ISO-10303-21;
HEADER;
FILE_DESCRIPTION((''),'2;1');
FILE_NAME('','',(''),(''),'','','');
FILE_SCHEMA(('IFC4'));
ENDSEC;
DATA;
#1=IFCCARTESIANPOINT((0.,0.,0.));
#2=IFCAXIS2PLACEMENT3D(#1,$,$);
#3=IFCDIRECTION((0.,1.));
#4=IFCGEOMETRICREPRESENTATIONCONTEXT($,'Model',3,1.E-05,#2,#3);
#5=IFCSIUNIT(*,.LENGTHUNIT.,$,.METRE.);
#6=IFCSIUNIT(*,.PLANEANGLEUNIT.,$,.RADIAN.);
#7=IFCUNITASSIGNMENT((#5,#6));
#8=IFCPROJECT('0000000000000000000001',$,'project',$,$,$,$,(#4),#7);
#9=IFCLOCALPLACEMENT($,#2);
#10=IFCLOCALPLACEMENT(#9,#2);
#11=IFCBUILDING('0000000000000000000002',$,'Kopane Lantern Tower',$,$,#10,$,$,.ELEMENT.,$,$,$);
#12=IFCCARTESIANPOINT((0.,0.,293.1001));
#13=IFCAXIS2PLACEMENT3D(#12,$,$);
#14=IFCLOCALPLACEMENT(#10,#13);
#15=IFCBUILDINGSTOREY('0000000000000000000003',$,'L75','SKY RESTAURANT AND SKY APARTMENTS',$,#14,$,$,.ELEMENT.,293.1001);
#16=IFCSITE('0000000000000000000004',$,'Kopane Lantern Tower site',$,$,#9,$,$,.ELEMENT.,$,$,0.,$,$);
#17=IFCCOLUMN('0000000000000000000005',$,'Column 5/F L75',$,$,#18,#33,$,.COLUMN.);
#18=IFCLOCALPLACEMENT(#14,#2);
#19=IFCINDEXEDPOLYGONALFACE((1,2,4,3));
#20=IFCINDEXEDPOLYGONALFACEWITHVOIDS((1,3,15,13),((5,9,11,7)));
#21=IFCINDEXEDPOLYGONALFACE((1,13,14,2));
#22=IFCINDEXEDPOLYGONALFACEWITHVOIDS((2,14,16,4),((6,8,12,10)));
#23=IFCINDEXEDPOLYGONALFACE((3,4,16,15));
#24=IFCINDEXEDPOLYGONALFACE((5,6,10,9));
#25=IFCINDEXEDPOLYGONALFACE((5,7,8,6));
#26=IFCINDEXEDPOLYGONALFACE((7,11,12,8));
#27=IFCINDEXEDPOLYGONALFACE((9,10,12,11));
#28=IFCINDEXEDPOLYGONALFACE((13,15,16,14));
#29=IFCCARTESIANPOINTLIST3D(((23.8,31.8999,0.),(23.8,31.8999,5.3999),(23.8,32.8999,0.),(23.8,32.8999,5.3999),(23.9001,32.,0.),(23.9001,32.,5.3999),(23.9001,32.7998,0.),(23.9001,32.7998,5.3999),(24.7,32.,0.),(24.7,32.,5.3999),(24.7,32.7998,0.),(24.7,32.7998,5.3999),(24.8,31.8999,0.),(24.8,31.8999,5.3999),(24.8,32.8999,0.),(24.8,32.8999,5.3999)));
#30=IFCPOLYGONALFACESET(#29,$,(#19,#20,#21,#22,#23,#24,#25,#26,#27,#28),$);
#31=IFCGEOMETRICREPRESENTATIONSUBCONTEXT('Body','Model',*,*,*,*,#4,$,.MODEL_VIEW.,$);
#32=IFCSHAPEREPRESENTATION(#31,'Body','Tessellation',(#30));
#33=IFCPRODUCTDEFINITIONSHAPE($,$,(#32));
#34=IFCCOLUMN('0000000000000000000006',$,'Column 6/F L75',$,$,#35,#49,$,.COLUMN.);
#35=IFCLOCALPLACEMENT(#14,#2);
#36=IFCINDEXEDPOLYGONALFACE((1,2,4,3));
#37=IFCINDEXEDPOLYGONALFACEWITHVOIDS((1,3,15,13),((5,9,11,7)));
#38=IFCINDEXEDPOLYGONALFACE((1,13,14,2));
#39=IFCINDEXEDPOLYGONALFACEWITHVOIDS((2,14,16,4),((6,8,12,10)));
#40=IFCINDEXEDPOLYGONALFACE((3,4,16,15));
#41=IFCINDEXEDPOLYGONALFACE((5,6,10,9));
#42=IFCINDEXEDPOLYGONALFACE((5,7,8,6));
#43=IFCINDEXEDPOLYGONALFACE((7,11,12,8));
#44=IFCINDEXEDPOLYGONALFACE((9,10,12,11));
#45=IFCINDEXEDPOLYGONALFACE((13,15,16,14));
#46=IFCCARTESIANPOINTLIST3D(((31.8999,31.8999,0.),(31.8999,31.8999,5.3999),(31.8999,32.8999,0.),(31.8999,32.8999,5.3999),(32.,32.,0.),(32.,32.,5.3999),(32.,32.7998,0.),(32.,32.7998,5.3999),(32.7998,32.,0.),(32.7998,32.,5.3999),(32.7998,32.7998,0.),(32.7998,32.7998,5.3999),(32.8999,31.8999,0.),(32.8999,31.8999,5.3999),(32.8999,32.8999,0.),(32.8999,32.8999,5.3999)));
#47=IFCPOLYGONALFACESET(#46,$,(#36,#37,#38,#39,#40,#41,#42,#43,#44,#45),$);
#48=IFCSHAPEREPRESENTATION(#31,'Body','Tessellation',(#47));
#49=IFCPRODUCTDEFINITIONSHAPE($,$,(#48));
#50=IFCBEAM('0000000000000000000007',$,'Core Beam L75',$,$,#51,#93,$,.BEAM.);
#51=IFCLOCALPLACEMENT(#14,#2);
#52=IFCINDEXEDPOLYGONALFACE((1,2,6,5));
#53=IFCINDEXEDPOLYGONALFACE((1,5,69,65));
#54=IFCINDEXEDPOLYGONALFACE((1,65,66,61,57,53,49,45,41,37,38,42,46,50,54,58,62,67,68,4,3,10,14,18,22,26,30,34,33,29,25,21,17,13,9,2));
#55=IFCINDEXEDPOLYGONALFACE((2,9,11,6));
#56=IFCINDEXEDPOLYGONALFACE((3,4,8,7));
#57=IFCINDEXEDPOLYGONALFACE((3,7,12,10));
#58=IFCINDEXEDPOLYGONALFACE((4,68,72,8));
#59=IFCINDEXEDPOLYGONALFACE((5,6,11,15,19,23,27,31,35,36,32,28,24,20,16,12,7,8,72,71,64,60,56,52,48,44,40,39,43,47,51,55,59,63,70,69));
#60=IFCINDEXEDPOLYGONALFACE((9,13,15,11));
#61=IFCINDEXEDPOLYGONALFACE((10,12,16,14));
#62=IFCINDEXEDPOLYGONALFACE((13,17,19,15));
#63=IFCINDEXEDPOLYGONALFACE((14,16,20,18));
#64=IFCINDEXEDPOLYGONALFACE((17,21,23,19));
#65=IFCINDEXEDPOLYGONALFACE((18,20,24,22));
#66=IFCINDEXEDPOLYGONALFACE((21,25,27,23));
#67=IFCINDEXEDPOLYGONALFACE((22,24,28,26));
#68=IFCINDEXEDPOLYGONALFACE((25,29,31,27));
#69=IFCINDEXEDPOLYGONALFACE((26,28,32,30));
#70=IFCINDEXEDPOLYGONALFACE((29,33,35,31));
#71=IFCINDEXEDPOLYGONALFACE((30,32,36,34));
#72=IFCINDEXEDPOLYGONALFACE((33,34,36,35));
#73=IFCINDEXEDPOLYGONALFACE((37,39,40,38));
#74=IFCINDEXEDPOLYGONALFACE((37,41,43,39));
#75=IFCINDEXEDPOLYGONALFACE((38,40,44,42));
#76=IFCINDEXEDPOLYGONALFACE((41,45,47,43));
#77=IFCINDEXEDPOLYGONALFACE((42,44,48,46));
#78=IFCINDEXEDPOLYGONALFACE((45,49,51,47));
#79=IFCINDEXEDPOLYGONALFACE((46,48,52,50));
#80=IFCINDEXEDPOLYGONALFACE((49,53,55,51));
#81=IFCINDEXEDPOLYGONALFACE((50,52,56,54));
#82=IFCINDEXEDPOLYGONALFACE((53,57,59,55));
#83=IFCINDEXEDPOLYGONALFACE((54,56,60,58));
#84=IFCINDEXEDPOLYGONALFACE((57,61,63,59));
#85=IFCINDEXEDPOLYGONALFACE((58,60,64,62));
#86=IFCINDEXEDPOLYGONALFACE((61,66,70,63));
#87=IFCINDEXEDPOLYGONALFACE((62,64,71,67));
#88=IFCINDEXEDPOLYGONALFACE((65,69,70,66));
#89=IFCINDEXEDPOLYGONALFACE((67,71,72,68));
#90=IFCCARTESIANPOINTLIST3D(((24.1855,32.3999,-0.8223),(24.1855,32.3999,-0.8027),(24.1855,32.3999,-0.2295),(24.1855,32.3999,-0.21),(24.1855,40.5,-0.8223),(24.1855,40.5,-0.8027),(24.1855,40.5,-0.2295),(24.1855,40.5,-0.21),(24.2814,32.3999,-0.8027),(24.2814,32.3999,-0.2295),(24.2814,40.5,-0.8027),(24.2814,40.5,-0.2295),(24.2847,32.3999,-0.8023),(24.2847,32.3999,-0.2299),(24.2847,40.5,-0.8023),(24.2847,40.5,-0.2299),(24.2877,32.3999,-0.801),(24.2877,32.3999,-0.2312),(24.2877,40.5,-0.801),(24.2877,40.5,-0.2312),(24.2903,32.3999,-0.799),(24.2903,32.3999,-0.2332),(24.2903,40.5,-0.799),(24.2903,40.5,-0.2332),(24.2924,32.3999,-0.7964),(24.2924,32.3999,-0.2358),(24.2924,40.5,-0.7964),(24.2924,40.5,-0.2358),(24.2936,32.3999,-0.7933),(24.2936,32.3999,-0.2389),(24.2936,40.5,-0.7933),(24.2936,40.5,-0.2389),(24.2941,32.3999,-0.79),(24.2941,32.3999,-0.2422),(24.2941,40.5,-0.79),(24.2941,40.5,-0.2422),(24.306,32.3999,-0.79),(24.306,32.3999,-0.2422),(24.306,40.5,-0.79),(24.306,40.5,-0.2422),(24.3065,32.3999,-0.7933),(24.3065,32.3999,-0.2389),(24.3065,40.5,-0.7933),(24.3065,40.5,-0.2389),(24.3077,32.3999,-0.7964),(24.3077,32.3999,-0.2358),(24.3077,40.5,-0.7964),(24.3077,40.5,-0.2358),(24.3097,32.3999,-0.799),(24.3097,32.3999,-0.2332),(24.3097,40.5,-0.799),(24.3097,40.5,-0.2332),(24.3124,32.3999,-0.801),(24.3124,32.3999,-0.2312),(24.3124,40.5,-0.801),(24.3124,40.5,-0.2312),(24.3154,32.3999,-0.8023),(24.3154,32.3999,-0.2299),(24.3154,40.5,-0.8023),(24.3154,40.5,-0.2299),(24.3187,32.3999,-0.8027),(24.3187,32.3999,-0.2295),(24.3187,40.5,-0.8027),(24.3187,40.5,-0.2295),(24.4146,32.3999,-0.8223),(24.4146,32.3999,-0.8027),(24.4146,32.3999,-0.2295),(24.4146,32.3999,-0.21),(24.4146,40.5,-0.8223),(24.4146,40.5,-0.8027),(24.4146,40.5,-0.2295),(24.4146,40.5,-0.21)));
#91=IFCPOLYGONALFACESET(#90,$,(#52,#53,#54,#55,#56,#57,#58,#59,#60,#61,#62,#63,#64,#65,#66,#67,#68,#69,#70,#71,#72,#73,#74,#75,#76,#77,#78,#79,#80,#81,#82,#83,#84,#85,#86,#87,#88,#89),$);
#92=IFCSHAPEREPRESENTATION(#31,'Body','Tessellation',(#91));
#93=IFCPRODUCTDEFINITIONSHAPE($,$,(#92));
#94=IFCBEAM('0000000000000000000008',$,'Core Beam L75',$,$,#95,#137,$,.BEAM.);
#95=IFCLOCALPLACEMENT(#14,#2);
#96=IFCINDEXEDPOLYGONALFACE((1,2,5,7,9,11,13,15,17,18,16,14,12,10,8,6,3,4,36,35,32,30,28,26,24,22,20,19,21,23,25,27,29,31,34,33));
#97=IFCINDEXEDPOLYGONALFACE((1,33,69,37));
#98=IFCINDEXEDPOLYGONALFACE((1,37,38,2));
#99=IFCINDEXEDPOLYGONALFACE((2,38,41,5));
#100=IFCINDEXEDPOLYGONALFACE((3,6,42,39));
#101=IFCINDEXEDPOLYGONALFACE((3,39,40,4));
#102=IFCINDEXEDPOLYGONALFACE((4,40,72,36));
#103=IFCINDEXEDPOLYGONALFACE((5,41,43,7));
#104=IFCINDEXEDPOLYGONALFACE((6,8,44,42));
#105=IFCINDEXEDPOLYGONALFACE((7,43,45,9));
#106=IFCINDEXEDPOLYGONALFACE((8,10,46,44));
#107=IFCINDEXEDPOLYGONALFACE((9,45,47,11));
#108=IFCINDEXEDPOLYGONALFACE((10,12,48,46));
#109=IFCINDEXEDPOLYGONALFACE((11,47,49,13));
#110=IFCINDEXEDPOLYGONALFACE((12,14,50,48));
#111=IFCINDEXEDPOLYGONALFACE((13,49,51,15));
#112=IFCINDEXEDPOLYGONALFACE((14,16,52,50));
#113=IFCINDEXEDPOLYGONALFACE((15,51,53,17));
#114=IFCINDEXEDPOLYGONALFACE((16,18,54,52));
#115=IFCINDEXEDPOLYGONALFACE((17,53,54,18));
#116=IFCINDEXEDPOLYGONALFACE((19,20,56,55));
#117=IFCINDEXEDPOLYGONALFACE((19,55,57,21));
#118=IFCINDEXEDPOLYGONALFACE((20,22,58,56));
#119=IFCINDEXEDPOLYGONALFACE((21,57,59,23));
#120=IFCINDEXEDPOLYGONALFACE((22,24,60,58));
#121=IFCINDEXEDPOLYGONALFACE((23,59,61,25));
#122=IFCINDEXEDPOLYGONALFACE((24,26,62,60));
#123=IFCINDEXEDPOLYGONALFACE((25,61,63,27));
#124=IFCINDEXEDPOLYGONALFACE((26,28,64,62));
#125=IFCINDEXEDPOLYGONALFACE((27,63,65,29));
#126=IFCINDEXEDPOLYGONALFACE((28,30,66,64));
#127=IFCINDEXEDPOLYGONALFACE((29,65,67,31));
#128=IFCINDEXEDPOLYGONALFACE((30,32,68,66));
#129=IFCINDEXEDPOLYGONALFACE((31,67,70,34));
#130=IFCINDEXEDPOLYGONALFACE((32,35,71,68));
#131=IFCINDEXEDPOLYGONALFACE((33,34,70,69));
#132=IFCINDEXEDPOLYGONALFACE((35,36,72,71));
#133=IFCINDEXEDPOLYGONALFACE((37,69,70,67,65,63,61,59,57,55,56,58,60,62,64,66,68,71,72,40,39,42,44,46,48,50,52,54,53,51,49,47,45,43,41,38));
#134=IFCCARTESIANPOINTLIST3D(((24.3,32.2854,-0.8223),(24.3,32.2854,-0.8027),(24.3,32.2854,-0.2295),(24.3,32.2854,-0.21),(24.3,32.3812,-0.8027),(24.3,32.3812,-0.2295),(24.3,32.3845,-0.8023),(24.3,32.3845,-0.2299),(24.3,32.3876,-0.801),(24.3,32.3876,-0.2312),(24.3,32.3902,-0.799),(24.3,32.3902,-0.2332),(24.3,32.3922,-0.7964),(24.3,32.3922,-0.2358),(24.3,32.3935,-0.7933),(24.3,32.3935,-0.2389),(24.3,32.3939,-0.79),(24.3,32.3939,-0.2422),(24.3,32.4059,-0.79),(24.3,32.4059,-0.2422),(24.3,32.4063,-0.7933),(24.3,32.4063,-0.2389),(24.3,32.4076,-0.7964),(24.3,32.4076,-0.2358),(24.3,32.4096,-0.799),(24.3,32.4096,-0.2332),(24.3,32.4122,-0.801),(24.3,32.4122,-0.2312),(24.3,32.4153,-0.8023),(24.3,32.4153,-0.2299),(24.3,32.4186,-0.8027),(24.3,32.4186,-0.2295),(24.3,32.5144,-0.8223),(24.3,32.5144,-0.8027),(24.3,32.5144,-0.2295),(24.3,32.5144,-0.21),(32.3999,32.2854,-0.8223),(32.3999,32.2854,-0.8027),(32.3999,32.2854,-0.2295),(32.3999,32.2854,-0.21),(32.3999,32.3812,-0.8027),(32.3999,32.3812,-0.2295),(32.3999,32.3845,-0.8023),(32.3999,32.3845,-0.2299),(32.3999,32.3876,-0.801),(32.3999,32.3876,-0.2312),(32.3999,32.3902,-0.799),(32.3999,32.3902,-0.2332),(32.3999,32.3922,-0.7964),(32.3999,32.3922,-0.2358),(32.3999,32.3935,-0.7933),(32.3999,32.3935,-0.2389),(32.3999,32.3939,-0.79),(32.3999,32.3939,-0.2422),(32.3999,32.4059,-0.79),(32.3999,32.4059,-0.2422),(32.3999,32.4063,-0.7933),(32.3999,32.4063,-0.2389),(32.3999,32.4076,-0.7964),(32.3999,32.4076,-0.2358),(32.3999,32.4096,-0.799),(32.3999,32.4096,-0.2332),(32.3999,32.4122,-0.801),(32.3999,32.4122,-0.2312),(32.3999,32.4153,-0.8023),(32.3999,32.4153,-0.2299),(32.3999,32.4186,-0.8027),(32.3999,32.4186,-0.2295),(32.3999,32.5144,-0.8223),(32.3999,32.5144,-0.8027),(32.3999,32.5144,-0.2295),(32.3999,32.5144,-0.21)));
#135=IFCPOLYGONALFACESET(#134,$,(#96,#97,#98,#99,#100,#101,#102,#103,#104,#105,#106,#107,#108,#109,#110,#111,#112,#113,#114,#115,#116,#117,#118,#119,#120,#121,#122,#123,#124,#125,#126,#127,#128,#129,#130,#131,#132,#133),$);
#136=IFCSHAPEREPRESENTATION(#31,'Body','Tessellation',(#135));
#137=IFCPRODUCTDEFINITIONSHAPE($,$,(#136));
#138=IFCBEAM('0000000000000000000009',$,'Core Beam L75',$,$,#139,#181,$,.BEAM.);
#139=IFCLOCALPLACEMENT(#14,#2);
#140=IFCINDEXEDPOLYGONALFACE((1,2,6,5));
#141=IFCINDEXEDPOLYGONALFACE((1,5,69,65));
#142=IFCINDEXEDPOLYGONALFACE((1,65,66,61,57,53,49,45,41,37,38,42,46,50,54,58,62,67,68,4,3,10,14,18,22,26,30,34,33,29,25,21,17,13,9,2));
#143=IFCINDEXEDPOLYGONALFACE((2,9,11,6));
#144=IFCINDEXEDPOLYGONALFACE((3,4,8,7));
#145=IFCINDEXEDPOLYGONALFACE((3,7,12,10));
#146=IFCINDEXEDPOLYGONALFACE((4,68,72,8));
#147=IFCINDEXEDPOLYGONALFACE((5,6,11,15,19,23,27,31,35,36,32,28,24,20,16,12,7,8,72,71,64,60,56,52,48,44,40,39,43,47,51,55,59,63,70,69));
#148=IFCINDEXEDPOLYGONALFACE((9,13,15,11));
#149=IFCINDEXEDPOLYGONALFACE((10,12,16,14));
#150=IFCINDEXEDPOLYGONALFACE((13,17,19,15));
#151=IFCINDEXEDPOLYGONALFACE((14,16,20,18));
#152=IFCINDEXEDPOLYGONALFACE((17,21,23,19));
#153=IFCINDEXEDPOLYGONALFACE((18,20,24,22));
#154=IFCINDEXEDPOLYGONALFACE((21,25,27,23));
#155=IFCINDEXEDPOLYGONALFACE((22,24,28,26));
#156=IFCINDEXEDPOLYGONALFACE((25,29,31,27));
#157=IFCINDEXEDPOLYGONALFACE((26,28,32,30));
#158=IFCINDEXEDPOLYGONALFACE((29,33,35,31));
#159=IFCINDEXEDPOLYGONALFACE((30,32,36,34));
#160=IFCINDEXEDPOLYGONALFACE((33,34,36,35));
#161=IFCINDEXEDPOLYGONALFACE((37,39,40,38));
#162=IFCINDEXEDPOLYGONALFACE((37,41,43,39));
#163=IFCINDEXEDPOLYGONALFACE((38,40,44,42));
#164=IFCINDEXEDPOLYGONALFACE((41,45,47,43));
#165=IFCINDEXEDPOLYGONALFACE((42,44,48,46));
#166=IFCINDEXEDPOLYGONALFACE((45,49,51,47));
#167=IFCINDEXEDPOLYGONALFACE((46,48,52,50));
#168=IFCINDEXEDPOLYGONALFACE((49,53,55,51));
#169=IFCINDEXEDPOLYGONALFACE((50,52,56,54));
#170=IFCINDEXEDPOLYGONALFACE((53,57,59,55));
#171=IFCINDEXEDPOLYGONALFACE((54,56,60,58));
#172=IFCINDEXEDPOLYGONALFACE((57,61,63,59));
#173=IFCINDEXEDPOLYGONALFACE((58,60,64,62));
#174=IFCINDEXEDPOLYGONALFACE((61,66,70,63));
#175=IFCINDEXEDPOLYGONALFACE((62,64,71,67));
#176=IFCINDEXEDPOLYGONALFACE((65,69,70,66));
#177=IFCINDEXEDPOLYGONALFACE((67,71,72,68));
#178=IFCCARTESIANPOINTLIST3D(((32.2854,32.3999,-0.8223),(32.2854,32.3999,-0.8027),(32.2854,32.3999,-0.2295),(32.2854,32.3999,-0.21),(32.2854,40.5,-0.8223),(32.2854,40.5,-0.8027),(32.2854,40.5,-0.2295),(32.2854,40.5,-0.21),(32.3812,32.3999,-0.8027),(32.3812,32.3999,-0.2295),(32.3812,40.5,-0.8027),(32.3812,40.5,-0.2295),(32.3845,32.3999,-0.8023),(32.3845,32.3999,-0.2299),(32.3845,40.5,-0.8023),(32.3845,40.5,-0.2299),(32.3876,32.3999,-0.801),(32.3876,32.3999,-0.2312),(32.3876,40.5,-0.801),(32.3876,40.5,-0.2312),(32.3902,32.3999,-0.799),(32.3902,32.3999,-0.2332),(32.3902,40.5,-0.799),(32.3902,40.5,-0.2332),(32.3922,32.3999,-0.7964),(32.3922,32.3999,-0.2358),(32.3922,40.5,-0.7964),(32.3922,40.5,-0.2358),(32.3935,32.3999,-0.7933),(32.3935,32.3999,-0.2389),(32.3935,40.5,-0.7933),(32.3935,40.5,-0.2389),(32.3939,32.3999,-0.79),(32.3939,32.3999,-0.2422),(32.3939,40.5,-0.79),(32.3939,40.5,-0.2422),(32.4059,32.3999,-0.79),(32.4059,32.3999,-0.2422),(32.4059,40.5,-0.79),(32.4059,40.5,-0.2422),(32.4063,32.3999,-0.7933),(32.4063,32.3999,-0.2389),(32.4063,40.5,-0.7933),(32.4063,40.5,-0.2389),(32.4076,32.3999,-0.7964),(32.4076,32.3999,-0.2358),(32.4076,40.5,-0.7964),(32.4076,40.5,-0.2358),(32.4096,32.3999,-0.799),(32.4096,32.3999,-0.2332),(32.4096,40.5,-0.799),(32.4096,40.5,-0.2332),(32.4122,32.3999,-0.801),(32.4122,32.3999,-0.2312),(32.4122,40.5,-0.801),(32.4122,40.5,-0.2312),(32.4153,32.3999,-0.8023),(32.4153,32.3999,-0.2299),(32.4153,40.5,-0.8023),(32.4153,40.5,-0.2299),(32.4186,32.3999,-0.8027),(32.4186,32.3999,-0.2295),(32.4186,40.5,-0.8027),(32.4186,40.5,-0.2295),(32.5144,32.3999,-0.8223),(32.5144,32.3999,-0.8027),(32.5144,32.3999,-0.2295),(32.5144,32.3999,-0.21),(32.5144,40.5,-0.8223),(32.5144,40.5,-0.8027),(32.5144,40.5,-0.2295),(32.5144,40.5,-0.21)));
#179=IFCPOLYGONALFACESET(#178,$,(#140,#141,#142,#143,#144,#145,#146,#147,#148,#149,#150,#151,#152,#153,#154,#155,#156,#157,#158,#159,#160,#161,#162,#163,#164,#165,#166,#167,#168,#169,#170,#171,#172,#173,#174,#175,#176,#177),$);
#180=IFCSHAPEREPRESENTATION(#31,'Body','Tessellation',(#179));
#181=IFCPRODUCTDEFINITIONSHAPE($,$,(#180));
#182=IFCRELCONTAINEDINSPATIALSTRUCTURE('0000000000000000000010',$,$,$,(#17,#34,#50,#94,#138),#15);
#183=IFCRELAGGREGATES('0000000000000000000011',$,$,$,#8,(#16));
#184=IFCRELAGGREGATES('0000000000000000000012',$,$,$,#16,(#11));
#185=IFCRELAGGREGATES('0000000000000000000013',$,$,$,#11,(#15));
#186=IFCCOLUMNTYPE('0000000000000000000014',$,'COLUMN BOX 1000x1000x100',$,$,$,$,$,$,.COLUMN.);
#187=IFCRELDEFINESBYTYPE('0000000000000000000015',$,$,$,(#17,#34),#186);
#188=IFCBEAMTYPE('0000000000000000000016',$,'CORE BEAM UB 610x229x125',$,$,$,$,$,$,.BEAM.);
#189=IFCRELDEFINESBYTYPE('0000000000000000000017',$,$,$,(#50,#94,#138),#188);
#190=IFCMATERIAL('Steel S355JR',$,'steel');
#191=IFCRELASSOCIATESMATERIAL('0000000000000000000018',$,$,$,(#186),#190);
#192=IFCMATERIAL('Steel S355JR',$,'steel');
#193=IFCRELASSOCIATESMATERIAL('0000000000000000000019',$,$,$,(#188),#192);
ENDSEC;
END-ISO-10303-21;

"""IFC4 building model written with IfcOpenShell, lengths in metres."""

from ifc_helpers import new_model, si_unit, direction, frame, origin, origin_2d, place, context, subcontext, project, spatial, hollow_rectangle, i_section, extrude, material, material_profile, profile_set, type_object, element, save


model = new_model("IFC4")

# Units and contexts
model_context = context("Model", 3, precision=1e-05, world=origin(), true_north=direction((0.0, 1.0)))
body_context = subcontext(model_context, "Body", "Model", "MODEL_VIEW")
ifc_project = project(units=[si_unit("LENGTHUNIT", "METRE"), si_unit("PLANEANGLEUNIT", "RADIAN")], contexts=[model_context])

# Site, building, storey
site_placement = place(None, origin())
site = spatial("IfcSite", under=ifc_project, at=site_placement, Name="Kopane Lantern Tower site", CompositionType="ELEMENT", RefElevation=0.0)
building_placement = place(site_placement, origin())
building = spatial("IfcBuilding", under=site, at=building_placement, Name="Kopane Lantern Tower", CompositionType="ELEMENT")
storey_placement = place(building_placement, frame((0.0, 0.0, 293.1001)))
storey = spatial("IfcBuildingStorey", under=building, at=storey_placement, Name="L75", Description="SKY RESTAURANT AND SKY APARTMENTS", CompositionType="ELEMENT", Elevation=293.1001)

# Columns
ifc_material_1 = material(Name="Steel S355JR", Category="steel")
ifc_material_profile_1 = material_profile(ifc_material_1, hollow_rectangle(XDim=1.0, YDim=1.0, WallThickness=0.1001, at=origin_2d()), Name="BOX 1000x1000x100")
ifc_profile_set_1 = profile_set([ifc_material_profile_1], Name="Steel S355JR")
column_type = type_object("IfcColumnType", Name="COLUMN BOX 1000x1000x100", PredefinedType="COLUMN", material=ifc_profile_set_1)
for number, where, z_axis, x_axis, name in (
    (1, (24.3, 32.3999, 0.0), (0.0, 0.0, 1.0), (1.0, 0.0, 0.0), "Column 5/F L75"),
    (2, (32.3999, 32.3999, 0.0), (0.0, 0.0, 1.0), (1.0, 0.0, 0.0), "Column 6/F L75"),
):
    element("IfcColumn", number, at=place(storey_placement, frame(where, z_axis=z_axis, x_axis=x_axis)), inside=storey, type_object=column_type, Name=name, PredefinedType="COLUMN", context=body_context, shape_type="SweptSolid", body=[
        extrude(hollow_rectangle(XDim=1.0, YDim=1.0, WallThickness=0.1001, at=origin_2d()), origin(), (0.0, 0.0, 1.0), 5.3999),
    ])

# Beams
ifc_material_2 = material(Name="Steel S355JR", Category="steel")
ifc_material_profile_2 = material_profile(ifc_material_2, i_section(OverallWidth=0.229, OverallDepth=0.6123, WebThickness=0.012, FlangeThickness=0.0195, FilletRadius=0.0127, at=origin_2d()), Name="UB 610x229x125")
ifc_profile_set_2 = profile_set([ifc_material_profile_2], Name="Steel S355JR")
beam_type = type_object("IfcBeamType", Name="CORE BEAM UB 610x229x125", PredefinedType="BEAM", material=ifc_profile_set_2)
beam_1_placement = place(storey_placement, frame((24.3, 32.3999, -0.5161), z_axis=(0.0, 1.0, 0.0), x_axis=(-1.0, 0.0, 0.0)))
element("IfcBeam", 3, at=beam_1_placement, inside=storey, type_object=beam_type, Name="Core Beam L75", PredefinedType="BEAM", context=body_context, shape_type="SweptSolid", body=[
    extrude(i_section(OverallWidth=0.229, OverallDepth=0.6123, WebThickness=0.012, FlangeThickness=0.0195, FilletRadius=0.0127, at=origin_2d()), origin(), (0.0, 0.0, 1.0), 8.1001),
])
beam_2_placement = place(storey_placement, frame((24.3, 32.3999, -0.5161), z_axis=(1.0, 0.0, 0.0), x_axis=(0.0, 1.0, 0.0)))
element("IfcBeam", 4, at=beam_2_placement, inside=storey, type_object=beam_type, Name="Core Beam L75", PredefinedType="BEAM", context=body_context, shape_type="SweptSolid", body=[
    extrude(i_section(OverallWidth=0.229, OverallDepth=0.6123, WebThickness=0.012, FlangeThickness=0.0195, FilletRadius=0.0127, at=origin_2d()), origin(), (0.0, 0.0, 1.0), 8.0999),
])
for number, where, z_axis, x_axis, name in (
    (5, (32.3999, 32.3999, -0.5161), (0.0, 1.0, 0.0), (-1.0, 0.0, 0.0), "Core Beam L75"),
):
    element("IfcBeam", number, at=place(storey_placement, frame(where, z_axis=z_axis, x_axis=x_axis)), inside=storey, type_object=beam_type, Name=name, PredefinedType="BEAM", context=body_context, shape_type="SweptSolid", body=[
        extrude(i_section(OverallWidth=0.229, OverallDepth=0.6123, WebThickness=0.012, FlangeThickness=0.0195, FilletRadius=0.0127, at=origin_2d()), origin(), (0.0, 0.0, 1.0), 8.1001),
    ])

save(model, "model.ifc")
